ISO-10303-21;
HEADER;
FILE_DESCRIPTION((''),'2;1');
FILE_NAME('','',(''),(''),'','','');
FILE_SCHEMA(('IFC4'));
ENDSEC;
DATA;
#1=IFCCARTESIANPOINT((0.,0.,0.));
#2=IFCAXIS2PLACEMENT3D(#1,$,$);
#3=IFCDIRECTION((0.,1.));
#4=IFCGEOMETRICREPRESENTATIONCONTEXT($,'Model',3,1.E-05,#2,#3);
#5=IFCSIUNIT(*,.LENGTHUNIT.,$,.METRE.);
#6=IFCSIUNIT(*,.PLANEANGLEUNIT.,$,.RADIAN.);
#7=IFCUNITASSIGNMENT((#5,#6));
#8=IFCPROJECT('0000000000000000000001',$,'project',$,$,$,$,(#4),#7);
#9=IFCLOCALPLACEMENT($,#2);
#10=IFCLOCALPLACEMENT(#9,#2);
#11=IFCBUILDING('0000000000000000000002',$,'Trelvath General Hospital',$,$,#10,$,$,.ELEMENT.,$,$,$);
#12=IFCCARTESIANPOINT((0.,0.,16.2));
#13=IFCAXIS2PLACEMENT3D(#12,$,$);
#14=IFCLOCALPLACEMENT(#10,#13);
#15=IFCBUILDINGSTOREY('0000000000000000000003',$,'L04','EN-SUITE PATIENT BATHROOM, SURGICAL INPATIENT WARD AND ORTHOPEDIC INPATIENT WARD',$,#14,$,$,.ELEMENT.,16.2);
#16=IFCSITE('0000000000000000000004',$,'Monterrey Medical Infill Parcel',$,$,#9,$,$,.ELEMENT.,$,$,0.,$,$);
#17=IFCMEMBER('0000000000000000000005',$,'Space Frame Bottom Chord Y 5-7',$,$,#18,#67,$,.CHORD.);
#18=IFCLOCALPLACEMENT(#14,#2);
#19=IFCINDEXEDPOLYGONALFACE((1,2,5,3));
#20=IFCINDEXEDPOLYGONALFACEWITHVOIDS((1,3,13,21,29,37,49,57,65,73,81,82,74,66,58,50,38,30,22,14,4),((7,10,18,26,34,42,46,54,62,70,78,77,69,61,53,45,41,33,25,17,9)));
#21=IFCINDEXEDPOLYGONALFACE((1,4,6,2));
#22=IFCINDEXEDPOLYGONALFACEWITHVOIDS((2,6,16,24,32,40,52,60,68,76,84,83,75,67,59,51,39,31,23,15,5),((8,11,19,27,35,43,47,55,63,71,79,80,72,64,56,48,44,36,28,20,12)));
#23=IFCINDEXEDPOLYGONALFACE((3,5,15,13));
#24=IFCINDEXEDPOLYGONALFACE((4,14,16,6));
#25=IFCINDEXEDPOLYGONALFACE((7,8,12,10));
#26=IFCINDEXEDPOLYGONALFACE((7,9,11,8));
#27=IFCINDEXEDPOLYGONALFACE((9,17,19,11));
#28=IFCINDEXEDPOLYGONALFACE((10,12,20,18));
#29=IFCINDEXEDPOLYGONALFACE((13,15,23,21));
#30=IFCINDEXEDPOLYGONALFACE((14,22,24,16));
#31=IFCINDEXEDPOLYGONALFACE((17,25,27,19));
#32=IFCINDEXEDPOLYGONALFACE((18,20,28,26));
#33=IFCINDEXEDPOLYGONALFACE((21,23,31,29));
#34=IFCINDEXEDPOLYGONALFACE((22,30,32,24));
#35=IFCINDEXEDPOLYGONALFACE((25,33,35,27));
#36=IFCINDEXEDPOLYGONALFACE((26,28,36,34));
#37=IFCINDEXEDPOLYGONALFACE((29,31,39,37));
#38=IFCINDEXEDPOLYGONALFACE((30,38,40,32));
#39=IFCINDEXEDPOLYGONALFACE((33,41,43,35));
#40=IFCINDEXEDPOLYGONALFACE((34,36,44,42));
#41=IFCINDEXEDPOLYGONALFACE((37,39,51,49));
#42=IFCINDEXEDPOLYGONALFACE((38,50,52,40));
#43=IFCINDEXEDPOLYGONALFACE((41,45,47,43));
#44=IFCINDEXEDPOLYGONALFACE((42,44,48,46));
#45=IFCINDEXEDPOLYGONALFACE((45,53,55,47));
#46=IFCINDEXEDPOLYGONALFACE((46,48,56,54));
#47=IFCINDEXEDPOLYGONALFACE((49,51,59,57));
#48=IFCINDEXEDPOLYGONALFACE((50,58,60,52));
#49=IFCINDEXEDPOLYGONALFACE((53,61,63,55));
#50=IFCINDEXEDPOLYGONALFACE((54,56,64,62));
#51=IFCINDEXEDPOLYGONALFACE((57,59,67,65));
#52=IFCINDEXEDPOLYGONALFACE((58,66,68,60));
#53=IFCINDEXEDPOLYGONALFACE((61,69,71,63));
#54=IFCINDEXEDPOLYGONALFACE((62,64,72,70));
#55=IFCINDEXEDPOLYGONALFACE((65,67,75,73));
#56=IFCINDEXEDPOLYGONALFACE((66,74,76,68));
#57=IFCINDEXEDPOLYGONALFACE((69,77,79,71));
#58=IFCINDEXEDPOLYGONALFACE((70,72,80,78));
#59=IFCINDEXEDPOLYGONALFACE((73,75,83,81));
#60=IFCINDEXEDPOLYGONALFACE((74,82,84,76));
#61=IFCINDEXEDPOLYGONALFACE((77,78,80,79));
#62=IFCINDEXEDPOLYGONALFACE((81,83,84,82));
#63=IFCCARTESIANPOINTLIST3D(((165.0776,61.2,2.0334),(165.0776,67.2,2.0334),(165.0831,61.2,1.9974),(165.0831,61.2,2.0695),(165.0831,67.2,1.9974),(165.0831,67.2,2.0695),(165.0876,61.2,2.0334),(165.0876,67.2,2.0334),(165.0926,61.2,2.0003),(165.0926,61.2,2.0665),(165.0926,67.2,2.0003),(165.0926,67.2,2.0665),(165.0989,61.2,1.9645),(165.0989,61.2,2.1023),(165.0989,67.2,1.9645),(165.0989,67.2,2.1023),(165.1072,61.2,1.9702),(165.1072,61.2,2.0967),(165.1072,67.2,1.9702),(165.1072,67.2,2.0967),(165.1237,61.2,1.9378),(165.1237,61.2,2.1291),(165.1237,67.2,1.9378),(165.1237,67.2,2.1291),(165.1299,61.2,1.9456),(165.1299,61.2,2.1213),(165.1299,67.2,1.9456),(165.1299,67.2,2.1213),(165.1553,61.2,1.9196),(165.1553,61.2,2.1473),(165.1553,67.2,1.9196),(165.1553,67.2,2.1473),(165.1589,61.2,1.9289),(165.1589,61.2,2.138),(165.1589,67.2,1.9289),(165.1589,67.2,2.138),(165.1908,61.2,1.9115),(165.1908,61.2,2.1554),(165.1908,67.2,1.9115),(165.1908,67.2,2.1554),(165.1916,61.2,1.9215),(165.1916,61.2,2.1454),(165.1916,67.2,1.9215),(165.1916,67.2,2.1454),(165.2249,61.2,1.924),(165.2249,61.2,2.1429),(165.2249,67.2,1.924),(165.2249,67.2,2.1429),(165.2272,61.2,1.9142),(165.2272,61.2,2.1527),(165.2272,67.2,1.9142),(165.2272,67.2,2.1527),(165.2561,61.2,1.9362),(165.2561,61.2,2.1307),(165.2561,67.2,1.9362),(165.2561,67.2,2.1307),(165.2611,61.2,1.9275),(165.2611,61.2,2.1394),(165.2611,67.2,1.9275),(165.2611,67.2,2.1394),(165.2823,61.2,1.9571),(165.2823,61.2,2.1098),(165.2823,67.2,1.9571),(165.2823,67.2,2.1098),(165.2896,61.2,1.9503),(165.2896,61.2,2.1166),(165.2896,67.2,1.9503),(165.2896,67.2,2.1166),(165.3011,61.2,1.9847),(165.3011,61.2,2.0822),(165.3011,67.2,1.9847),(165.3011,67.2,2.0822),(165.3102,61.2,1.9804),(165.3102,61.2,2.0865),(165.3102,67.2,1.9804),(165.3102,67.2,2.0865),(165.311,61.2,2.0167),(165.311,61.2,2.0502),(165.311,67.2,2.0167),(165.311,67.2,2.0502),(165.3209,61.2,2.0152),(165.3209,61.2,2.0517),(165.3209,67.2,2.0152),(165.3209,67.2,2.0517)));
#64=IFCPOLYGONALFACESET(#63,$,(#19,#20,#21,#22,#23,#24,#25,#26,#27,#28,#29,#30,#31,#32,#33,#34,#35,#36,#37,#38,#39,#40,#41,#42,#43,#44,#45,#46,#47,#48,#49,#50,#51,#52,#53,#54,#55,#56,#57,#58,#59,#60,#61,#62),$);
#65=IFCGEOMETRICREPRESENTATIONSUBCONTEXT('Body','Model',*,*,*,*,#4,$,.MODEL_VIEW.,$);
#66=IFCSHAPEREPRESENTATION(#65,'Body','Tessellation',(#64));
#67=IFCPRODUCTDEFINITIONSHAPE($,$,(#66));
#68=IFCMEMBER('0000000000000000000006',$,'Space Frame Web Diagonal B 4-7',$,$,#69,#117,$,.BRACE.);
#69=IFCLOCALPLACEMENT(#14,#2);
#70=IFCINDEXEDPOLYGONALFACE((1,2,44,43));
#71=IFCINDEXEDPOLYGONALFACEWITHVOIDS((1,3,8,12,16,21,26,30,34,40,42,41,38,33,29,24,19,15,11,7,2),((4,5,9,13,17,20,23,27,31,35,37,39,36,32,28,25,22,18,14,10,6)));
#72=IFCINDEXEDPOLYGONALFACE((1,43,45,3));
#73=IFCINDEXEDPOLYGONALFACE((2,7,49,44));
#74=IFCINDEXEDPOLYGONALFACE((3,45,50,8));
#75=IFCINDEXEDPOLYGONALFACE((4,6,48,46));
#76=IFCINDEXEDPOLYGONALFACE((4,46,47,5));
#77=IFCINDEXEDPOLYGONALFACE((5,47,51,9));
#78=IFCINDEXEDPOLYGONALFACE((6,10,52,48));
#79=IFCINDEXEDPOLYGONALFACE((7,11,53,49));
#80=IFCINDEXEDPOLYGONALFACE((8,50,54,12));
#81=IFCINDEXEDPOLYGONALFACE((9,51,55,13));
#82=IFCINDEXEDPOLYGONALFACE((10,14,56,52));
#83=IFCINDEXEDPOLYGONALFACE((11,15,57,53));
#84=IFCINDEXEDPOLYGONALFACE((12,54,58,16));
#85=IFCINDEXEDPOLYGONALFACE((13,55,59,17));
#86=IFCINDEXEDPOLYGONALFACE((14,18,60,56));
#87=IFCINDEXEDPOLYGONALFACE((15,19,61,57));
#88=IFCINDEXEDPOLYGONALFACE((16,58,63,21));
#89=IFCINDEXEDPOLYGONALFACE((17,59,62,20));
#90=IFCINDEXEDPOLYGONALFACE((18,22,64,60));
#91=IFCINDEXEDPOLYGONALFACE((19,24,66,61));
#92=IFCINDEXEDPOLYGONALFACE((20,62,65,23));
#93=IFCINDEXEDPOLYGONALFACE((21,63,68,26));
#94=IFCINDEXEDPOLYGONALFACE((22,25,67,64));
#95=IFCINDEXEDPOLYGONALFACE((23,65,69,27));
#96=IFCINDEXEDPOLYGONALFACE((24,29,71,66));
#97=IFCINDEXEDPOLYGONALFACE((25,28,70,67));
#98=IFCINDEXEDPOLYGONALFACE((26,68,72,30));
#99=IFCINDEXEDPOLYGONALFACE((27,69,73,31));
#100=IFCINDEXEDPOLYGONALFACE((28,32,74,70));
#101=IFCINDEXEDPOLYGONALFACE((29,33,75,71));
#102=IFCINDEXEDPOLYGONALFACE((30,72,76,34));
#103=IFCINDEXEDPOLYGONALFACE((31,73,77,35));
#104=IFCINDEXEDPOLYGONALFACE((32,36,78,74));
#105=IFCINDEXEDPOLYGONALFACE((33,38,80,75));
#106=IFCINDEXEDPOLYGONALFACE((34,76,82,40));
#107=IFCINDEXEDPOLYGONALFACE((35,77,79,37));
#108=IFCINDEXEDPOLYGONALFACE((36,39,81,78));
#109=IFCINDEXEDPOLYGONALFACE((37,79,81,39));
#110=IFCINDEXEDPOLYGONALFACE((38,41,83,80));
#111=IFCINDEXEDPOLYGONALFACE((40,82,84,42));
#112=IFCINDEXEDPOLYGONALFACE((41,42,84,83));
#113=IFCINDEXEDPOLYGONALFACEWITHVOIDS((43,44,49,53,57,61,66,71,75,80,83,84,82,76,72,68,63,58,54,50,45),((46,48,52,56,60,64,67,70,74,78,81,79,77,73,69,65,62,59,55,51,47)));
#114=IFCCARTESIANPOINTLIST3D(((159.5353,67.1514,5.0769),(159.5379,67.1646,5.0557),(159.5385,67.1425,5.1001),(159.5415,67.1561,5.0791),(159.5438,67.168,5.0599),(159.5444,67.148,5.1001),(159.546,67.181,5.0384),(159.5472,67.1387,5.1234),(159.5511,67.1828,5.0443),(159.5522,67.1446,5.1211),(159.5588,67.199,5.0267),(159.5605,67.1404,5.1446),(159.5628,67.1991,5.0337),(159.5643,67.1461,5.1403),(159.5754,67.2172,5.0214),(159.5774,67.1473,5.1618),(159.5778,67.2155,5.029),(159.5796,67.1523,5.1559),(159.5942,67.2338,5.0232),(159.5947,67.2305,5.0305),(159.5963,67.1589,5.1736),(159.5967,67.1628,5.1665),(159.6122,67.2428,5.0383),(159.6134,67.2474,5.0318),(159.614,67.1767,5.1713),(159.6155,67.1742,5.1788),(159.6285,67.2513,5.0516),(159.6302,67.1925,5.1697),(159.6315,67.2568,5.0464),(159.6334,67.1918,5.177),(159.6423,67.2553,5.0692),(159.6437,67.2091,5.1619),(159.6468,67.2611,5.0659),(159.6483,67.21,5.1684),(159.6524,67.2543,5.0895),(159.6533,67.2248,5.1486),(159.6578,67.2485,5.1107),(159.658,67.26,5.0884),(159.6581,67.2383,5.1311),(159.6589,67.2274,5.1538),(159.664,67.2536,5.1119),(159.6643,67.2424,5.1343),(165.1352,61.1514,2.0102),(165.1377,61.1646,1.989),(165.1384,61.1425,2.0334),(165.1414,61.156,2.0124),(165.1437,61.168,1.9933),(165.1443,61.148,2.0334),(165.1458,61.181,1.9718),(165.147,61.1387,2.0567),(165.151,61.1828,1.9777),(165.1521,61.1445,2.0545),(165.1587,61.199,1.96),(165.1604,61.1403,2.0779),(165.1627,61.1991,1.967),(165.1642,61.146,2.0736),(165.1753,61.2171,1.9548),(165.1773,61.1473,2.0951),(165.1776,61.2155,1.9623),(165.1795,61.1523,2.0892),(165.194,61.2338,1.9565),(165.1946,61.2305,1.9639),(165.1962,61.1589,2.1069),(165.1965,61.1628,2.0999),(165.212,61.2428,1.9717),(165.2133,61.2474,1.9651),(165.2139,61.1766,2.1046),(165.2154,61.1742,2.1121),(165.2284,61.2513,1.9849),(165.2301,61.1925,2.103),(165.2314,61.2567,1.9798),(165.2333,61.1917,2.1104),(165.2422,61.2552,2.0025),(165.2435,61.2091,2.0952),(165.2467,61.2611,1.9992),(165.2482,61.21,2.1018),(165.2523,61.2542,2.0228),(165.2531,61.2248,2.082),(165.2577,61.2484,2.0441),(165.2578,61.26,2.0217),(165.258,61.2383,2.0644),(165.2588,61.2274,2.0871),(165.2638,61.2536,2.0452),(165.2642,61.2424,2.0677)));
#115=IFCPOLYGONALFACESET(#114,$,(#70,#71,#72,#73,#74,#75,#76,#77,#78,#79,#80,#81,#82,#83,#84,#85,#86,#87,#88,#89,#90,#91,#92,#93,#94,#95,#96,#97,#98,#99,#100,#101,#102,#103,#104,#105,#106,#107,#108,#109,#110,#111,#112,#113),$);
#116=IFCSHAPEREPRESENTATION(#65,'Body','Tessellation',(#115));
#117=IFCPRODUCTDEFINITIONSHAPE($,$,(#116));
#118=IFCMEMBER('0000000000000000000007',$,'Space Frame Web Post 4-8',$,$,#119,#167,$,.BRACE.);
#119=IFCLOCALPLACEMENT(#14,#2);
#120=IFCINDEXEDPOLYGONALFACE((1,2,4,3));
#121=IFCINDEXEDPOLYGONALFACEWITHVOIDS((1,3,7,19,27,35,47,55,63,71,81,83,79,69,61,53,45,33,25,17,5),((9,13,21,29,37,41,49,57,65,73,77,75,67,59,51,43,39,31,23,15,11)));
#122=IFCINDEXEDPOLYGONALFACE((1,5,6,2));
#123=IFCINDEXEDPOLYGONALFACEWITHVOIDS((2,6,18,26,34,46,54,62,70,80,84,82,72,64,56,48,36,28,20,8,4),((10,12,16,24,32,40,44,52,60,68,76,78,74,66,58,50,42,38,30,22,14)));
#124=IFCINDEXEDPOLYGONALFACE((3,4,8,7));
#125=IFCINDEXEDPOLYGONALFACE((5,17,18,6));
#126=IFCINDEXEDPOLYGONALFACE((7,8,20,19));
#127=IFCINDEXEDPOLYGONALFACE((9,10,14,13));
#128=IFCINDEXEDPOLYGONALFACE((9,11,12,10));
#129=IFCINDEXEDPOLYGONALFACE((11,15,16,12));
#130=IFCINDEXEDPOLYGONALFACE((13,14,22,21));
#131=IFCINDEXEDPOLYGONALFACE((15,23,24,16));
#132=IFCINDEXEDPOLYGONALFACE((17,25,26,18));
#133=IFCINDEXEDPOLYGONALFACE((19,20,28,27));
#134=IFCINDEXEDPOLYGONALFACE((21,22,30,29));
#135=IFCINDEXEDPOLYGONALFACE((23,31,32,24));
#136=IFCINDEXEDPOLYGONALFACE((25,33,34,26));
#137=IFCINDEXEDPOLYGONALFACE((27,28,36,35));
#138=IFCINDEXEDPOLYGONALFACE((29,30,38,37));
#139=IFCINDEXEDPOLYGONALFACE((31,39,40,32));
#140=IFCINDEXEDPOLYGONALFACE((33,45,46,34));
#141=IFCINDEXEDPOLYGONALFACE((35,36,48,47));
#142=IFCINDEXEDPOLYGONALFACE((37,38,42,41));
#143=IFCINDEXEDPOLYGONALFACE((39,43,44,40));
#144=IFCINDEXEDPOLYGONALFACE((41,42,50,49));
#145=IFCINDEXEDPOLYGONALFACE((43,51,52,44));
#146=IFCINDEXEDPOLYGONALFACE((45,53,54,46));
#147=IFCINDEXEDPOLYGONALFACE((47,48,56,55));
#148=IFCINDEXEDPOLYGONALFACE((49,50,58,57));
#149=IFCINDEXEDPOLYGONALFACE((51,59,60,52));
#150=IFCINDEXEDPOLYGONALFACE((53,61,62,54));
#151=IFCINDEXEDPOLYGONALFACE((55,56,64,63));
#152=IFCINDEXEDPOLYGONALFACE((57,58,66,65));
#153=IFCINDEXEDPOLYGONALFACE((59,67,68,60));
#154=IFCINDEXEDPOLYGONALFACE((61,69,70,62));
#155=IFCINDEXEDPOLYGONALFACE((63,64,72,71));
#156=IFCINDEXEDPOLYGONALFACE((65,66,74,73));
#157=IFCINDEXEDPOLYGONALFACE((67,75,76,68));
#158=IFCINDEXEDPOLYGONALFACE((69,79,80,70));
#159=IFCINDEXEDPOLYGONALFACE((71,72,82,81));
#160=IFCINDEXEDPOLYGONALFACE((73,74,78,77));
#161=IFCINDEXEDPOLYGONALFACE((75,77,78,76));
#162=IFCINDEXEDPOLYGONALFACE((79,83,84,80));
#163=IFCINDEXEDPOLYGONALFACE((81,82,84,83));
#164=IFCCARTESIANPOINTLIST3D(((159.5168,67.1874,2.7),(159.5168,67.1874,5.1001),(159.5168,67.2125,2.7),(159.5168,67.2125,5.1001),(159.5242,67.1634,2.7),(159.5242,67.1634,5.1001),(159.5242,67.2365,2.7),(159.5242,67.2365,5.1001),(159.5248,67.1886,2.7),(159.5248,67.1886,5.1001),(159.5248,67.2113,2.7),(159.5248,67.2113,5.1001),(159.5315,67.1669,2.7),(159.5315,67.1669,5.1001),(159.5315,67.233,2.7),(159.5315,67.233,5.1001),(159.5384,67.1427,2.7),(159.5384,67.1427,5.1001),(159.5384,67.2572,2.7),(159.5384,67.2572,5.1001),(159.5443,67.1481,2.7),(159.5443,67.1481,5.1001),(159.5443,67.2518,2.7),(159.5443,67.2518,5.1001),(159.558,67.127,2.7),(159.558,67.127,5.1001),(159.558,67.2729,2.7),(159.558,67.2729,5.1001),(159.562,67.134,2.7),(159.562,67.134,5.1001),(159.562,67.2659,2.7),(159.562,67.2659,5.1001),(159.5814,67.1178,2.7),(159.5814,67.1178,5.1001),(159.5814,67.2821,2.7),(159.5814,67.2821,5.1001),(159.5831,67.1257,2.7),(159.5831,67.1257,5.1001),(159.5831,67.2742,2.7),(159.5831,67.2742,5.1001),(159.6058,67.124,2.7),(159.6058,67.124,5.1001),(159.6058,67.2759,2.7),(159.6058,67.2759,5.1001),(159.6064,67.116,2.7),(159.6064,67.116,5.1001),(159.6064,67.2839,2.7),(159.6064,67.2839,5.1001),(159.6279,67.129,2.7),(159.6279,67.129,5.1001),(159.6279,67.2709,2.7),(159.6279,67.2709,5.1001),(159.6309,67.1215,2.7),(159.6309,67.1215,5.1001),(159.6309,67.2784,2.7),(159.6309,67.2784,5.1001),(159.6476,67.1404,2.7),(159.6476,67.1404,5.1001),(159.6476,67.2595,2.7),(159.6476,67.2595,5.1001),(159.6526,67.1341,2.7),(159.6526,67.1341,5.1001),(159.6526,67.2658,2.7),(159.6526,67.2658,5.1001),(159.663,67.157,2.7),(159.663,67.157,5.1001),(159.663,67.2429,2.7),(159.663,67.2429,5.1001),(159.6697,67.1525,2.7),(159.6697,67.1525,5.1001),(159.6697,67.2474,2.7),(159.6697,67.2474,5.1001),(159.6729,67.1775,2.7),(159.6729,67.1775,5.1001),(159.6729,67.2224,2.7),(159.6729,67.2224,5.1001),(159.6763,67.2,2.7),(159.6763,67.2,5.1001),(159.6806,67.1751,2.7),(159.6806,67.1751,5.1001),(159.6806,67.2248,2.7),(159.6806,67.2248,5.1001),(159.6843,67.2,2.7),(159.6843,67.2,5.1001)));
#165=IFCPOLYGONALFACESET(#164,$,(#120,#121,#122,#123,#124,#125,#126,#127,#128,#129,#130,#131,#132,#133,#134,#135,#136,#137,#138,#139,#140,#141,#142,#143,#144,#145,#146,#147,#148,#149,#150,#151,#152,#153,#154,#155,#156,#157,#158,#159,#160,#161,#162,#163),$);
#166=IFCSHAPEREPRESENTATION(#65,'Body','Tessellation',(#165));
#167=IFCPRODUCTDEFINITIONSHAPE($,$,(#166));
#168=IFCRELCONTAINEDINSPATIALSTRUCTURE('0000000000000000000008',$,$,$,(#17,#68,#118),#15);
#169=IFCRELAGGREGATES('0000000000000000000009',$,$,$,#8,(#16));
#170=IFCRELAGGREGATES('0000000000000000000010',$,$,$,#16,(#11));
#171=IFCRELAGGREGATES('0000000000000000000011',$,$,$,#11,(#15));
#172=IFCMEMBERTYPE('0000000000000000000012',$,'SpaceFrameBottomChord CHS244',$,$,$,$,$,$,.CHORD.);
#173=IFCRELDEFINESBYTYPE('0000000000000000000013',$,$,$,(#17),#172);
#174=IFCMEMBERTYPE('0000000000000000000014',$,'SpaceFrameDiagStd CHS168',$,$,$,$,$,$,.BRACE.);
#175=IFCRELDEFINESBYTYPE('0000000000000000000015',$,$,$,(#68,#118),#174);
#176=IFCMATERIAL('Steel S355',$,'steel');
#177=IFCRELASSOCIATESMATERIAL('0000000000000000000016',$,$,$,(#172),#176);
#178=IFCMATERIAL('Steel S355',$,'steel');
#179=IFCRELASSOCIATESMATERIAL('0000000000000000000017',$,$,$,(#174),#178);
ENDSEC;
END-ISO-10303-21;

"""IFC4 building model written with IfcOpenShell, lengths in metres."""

from ifc_helpers import new_model, si_unit, direction, frame, origin, origin_2d, place, context, subcontext, project, spatial, hollow_circle, extrude, material, material_profile, profile_set, type_object, element, save


model = new_model("IFC4")

# Units and contexts
model_context = context("Model", 3, precision=1e-05, world=origin(), true_north=direction((0.0, 1.0)))
body_context = subcontext(model_context, "Body", "Model", "MODEL_VIEW")
ifc_project = project(units=[si_unit("LENGTHUNIT", "METRE"), si_unit("PLANEANGLEUNIT", "RADIAN")], contexts=[model_context])

# Site, building, storey
site_placement = place(None, origin())
site = spatial("IfcSite", under=ifc_project, at=site_placement, Name="Monterrey Medical Infill Parcel", CompositionType="ELEMENT", RefElevation=0.0)
building_placement = place(site_placement, origin())
building = spatial("IfcBuilding", under=site, at=building_placement, Name="Trelvath General Hospital", CompositionType="ELEMENT")
storey_placement = place(building_placement, frame((0.0, 0.0, 16.2)))
storey = spatial("IfcBuildingStorey", under=building, at=storey_placement, Name="L04", Description="EN-SUITE PATIENT BATHROOM, SURGICAL INPATIENT WARD AND ORTHOPEDIC INPATIENT WARD", CompositionType="ELEMENT", Elevation=16.2)

# Members
ifc_material_1 = material(Name="Steel S355", Category="steel")
ifc_material_profile_1 = material_profile(ifc_material_1, hollow_circle(Radius=0.1223, WallThickness=0.01, at=origin_2d()), Name="CHS244.5x10.0")
ifc_profile_set_1 = profile_set([ifc_material_profile_1], Name="Steel S355")
member_type_1 = type_object("IfcMemberType", Name="SpaceFrameBottomChord CHS244", PredefinedType="CHORD", material=ifc_profile_set_1)
member_1_placement = place(storey_placement, frame((165.2, 61.2, 2.0334), z_axis=(0.0, 1.0, 0.0), x_axis=(-1.0, 0.0, 0.0)))
element("IfcMember", 1, at=member_1_placement, inside=storey, type_object=member_type_1, Name="Space Frame Bottom Chord Y 5-7", PredefinedType="CHORD", context=body_context, shape_type="SweptSolid", body=[
    extrude(hollow_circle(Radius=0.1223, WallThickness=0.01, at=origin_2d()), origin(), (0.0, 0.0, 1.0), 6.0),
])
ifc_material_2 = material(Name="Steel S355", Category="steel")
ifc_material_profile_2 = material_profile(ifc_material_2, hollow_circle(Radius=0.0842, WallThickness=0.0081, at=origin_2d()), Name="CHS168.3x8.0")
ifc_profile_set_2 = profile_set([ifc_material_profile_2], Name="Steel S355")
member_type_2 = type_object("IfcMemberType", Name="SpaceFrameDiagStd CHS168", PredefinedType="BRACE", material=ifc_profile_set_2)
member_2_placement = place(storey_placement, frame((165.2, 61.2, 2.0334), z_axis=(-0.639148, 0.684819, 0.350017), x_axis=(-0.731064, -0.682309, 0.0)))
element("IfcMember", 2, at=member_2_placement, inside=storey, type_object=member_type_2, Name="Space Frame Web Diagonal B 4-7", PredefinedType="BRACE", context=body_context, shape_type="SweptSolid", body=[
    extrude(hollow_circle(Radius=0.0842, WallThickness=0.0081, at=origin_2d()), origin(), (0.0, 0.0, 1.0), 8.7615),
])
member_3_placement = place(storey_placement, frame((159.6001, 67.2, 2.7), z_axis=(0.0, 0.0, 1.0), x_axis=(1.0, 0.0, 0.0)))
element("IfcMember", 3, at=member_3_placement, inside=storey, type_object=member_type_2, Name="Space Frame Web Post 4-8", PredefinedType="BRACE", context=body_context, shape_type="SweptSolid", body=[
    extrude(hollow_circle(Radius=0.0842, WallThickness=0.0081, at=origin_2d()), origin(), (0.0, 0.0, 1.0), 2.4001),
])

save(model, "model.ifc")
